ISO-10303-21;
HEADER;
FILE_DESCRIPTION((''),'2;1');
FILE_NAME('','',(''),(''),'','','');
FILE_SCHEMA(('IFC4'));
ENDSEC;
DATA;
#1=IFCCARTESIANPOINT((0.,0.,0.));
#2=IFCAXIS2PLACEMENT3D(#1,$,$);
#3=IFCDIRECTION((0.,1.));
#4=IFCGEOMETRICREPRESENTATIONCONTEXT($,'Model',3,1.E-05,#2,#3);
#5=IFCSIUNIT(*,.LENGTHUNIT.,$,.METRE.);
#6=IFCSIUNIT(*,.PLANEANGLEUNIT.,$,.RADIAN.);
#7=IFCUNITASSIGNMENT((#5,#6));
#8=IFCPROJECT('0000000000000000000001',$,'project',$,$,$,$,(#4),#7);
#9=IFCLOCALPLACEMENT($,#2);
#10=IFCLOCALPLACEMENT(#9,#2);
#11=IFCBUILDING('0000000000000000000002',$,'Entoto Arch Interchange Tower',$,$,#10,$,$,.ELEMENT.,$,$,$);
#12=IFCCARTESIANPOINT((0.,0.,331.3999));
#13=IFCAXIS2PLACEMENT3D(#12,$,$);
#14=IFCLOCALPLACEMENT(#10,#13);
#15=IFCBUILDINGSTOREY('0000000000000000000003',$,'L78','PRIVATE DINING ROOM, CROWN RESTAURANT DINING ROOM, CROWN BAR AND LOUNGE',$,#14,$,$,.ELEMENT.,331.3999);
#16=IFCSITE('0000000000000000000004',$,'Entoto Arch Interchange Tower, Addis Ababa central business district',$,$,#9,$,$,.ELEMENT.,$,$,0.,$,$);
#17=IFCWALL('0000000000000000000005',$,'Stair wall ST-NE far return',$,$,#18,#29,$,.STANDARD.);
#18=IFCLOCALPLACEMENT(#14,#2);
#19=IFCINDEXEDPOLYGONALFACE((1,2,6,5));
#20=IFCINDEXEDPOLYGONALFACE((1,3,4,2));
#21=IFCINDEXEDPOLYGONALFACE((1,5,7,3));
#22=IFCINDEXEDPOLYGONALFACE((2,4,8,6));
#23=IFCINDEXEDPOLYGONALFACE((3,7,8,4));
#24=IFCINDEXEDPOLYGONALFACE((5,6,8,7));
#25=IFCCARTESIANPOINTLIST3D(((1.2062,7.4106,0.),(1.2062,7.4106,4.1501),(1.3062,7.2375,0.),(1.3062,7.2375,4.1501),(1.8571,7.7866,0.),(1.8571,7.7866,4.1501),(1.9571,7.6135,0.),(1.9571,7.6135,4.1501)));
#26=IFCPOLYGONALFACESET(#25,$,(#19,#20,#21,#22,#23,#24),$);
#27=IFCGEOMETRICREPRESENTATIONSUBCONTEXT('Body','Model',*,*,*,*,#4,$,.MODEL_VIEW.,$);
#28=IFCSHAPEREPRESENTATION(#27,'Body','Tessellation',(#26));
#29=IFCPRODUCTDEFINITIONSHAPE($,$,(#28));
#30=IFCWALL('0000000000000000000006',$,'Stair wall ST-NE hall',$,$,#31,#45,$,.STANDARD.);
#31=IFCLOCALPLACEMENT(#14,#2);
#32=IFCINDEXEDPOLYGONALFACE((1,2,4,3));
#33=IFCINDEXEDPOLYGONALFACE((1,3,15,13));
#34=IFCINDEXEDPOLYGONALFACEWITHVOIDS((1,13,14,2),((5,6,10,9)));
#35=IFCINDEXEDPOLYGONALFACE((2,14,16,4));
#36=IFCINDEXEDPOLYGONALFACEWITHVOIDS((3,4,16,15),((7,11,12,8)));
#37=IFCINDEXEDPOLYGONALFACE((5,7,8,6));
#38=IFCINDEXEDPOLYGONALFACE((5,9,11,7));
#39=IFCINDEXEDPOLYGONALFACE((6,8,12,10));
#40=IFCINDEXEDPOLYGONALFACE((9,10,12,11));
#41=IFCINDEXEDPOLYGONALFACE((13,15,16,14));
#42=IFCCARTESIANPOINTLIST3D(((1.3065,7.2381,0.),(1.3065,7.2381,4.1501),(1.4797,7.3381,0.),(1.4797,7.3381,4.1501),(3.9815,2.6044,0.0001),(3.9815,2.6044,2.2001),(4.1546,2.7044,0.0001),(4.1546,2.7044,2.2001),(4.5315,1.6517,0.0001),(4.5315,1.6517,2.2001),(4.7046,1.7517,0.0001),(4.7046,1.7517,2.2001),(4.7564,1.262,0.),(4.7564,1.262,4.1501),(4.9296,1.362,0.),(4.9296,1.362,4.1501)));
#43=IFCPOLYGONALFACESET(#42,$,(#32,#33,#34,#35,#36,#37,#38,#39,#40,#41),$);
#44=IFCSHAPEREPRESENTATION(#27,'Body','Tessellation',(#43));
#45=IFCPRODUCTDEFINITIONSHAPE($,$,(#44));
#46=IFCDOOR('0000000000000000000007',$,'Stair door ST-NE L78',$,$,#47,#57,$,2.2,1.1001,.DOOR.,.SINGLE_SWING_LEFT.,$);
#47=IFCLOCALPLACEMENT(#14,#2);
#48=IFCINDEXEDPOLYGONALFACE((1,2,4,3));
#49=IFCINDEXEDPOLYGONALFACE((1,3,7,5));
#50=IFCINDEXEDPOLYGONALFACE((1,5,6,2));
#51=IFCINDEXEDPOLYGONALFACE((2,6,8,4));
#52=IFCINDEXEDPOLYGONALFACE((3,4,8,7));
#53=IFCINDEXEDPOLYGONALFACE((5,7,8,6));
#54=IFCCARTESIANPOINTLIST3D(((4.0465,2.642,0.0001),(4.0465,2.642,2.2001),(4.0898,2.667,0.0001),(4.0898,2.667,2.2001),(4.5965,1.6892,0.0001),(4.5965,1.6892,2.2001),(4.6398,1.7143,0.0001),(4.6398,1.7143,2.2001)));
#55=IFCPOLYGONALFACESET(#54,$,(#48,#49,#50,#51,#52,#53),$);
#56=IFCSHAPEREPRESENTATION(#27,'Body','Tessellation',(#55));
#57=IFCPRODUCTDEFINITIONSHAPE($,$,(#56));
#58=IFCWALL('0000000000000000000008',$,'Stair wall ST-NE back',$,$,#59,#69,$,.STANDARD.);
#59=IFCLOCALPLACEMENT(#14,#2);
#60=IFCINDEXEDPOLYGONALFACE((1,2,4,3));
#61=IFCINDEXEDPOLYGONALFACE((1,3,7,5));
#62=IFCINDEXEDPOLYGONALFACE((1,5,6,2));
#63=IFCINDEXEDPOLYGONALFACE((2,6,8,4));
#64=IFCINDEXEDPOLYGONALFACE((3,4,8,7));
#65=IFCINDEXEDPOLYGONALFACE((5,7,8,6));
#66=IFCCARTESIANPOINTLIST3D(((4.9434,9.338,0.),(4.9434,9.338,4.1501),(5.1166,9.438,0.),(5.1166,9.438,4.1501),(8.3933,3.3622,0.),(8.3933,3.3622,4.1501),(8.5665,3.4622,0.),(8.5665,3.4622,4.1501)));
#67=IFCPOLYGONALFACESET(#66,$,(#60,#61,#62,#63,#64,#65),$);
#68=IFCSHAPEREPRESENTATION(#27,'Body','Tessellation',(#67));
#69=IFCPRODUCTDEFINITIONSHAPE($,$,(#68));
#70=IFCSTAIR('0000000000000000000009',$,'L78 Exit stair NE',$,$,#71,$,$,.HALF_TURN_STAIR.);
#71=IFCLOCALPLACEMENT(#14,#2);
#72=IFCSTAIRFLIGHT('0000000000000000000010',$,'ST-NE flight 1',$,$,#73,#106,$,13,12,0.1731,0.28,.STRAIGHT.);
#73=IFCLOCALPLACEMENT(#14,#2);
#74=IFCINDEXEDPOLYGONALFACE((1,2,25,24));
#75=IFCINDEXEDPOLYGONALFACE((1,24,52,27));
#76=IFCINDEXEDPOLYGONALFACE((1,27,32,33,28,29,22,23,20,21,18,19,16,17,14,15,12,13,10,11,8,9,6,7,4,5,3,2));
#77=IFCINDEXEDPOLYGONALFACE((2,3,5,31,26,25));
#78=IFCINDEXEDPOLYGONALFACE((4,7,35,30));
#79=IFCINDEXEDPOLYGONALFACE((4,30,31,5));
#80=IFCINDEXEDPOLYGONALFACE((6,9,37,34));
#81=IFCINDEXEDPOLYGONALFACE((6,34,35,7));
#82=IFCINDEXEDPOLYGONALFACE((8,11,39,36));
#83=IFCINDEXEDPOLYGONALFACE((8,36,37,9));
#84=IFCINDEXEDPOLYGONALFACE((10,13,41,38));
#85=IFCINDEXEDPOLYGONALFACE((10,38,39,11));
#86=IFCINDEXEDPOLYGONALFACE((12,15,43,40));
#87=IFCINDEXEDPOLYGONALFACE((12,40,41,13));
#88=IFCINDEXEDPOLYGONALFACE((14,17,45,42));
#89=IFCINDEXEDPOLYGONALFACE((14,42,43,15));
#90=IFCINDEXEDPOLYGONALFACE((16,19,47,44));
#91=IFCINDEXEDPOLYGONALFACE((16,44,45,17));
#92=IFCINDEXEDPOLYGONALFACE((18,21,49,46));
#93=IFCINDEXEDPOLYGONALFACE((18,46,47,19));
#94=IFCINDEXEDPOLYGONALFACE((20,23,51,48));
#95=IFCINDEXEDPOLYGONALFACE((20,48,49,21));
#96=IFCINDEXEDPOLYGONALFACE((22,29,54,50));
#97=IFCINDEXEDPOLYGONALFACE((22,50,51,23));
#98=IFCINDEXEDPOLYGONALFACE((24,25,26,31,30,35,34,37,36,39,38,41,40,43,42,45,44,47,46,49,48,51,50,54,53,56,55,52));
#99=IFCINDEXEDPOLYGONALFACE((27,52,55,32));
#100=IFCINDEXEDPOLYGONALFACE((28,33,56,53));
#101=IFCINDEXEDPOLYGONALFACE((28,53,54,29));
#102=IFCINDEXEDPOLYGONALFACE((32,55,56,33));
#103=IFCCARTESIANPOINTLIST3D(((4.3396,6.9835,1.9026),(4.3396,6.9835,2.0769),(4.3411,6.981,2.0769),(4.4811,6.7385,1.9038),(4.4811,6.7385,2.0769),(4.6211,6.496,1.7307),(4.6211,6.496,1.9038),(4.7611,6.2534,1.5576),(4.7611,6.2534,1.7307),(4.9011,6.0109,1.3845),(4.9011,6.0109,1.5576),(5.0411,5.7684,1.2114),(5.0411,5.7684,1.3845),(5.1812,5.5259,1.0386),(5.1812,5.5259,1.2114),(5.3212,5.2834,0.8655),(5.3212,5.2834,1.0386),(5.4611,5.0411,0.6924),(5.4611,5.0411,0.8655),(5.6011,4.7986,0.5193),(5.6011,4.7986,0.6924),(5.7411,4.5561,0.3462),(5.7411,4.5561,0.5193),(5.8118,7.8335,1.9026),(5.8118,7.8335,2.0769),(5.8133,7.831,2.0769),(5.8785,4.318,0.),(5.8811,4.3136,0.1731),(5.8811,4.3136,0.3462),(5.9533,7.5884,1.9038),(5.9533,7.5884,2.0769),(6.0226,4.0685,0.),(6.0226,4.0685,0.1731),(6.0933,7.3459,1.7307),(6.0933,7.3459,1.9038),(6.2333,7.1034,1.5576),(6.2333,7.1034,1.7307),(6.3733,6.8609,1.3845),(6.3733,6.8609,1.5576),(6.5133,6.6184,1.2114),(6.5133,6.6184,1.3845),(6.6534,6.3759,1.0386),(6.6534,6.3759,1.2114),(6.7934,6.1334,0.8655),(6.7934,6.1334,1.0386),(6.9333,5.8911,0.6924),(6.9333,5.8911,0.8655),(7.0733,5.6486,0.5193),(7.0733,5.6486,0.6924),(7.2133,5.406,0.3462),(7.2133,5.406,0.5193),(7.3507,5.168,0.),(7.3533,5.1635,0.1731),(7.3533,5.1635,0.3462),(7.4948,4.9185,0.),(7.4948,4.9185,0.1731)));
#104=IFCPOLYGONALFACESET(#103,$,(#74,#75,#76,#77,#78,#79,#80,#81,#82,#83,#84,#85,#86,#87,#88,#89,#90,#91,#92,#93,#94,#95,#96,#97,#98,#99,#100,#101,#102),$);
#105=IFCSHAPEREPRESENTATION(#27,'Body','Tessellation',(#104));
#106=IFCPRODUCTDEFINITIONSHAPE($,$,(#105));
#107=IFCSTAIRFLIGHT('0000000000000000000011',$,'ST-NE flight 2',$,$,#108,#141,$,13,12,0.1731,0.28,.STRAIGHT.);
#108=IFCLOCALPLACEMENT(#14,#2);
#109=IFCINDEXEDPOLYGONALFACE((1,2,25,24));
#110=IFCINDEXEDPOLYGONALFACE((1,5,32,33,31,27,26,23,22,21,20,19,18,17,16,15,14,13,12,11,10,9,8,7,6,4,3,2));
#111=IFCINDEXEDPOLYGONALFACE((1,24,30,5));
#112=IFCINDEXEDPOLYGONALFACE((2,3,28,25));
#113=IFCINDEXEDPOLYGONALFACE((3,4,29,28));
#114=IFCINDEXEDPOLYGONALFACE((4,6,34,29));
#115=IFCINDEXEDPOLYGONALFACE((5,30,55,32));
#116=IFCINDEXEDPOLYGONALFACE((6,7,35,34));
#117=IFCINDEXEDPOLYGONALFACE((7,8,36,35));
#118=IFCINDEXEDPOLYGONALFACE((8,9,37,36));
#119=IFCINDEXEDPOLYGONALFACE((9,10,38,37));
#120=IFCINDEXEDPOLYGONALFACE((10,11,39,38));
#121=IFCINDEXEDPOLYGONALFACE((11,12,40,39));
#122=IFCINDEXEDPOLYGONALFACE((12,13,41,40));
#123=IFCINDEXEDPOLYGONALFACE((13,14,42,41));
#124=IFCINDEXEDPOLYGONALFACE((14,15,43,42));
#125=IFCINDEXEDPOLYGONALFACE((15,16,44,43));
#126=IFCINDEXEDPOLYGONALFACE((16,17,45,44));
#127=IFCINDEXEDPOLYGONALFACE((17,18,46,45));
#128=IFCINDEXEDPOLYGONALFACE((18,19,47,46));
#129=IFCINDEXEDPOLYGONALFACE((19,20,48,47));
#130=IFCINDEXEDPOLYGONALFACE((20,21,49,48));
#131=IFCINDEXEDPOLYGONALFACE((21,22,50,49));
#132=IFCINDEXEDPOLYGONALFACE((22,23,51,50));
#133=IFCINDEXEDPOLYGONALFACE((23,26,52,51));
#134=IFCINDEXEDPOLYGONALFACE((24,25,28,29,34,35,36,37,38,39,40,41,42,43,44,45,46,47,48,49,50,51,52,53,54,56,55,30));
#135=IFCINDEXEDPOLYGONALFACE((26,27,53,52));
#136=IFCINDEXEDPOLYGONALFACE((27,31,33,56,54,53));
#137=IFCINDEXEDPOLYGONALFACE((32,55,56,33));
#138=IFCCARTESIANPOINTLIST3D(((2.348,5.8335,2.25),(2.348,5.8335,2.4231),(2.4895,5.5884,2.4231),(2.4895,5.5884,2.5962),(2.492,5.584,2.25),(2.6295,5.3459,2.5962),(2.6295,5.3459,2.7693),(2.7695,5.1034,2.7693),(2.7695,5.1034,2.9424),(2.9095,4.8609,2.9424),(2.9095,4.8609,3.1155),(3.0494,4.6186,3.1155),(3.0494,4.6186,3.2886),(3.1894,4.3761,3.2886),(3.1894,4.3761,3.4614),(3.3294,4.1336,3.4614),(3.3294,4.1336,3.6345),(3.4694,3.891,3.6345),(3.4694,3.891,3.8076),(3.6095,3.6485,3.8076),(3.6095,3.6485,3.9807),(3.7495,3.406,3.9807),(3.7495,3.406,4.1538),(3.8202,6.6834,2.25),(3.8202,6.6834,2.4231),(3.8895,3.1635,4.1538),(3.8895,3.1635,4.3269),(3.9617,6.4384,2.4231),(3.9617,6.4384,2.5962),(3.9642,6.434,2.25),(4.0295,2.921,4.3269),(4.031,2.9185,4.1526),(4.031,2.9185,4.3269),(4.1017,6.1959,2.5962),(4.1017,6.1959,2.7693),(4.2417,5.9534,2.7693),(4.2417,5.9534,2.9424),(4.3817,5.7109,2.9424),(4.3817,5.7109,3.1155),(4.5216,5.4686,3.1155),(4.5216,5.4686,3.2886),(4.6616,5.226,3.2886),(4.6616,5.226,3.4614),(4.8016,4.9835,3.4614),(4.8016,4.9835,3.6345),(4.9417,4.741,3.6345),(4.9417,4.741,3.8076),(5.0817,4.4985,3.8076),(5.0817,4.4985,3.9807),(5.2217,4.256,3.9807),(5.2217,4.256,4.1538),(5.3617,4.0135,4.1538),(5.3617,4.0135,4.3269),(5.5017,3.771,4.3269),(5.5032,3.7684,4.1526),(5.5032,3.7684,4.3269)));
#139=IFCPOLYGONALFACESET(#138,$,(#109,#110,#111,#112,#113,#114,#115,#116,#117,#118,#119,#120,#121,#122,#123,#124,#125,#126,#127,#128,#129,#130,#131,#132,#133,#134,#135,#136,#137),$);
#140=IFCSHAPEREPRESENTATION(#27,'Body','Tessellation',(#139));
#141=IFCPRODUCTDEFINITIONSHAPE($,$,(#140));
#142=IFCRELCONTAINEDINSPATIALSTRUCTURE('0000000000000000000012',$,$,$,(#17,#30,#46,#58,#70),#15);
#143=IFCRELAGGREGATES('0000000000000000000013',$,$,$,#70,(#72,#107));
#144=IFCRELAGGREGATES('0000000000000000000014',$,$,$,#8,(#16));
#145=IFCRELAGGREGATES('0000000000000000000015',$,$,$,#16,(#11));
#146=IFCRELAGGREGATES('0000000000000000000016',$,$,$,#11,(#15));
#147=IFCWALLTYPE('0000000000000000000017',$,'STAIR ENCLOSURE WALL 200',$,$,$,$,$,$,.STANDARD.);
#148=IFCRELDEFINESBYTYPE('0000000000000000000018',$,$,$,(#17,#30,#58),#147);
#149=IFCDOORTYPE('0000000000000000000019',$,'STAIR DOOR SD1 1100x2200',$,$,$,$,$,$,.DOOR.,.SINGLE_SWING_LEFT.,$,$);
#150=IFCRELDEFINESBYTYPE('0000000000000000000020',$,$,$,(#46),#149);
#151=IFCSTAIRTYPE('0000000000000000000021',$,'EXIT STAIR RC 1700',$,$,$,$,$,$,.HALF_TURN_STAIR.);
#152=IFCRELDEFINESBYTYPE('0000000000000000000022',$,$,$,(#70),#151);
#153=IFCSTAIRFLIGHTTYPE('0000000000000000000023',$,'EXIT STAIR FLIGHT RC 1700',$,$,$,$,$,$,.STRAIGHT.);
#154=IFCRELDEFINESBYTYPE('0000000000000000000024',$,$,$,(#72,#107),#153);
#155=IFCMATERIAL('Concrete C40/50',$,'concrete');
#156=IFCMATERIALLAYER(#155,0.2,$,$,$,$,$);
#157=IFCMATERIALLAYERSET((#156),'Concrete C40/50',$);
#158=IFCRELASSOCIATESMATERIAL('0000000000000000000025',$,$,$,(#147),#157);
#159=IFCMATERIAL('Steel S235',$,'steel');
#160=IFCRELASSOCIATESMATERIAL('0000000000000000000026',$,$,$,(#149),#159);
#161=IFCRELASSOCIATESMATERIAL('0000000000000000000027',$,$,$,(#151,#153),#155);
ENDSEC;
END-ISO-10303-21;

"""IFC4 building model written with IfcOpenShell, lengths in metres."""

from ifc_helpers import new_model, si_unit, direction, frame, frame_2d, origin, place, context, subcontext, project, spatial, polyline, rectangle, outline, extrude, material, layer, layer_set, type_object, element, fill, aggregate, save


model = new_model("IFC4")

# Units and contexts
model_context = context("Model", 3, precision=1e-05, world=origin(), true_north=direction((0.0, 1.0)))
body_context = subcontext(model_context, "Body", "Model", "MODEL_VIEW")
ifc_project = project(units=[si_unit("LENGTHUNIT", "METRE"), si_unit("PLANEANGLEUNIT", "RADIAN")], contexts=[model_context])

# Site, building, storey
site_placement = place(None, origin())
site = spatial("IfcSite", under=ifc_project, at=site_placement, Name="Entoto Arch Interchange Tower, Addis Ababa central business district", CompositionType="ELEMENT", RefElevation=0.0)
building_placement = place(site_placement, origin())
building = spatial("IfcBuilding", under=site, at=building_placement, Name="Entoto Arch Interchange Tower", CompositionType="ELEMENT")
storey_placement = place(building_placement, frame((0.0, 0.0, 331.3999)))
storey = spatial("IfcBuildingStorey", under=building, at=storey_placement, Name="L78", Description="PRIVATE DINING ROOM, CROWN RESTAURANT DINING ROOM, CROWN BAR AND LOUNGE", CompositionType="ELEMENT", Elevation=331.3999)

# Shared definitions
ifc_material_1 = material(Name="Concrete C40/50", Category="concrete")

# Shared definitions
ifc_layer_1 = layer(ifc_material_1, 0.2)
ifc_layer_set_1 = layer_set([ifc_layer_1], Name="Concrete C40/50")
wall_type_1 = type_object("IfcWallType", Name="STAIR ENCLOSURE WALL 200", PredefinedType="STANDARD", material=ifc_layer_set_1)
ifc_material_2 = material(Name="Steel S235", Category="steel")
door_type_1 = type_object("IfcDoorType", Name="STAIR DOOR SD1 1100x2200", OperationType="SINGLE_SWING_LEFT", PredefinedType="DOOR", material=ifc_material_2)

# Wall
wall_1_placement = place(storey_placement, frame((1.2561, 7.324, 0.0), z_axis=(0.0, 0.0, 1.0), x_axis=(0.865915, 0.500191, 0.0)))
element("IfcWall", 1, at=wall_1_placement, inside=storey, type_object=wall_type_1, Name="Stair wall ST-NE far return", PredefinedType="STANDARD", context=body_context, shape_type="SweptSolid", body=[
    extrude(rectangle(XDim=0.7517, YDim=0.2, at=frame_2d((0.376, 0.0))), origin(), (0.0, 0.0, 1.0), 4.1501),
])

# Wall, opening, door
wall_2_placement = place(storey_placement, frame((4.843, 1.312, 0.0), z_axis=(0.0, 0.0, 1.0), x_axis=(-0.499963, 0.866047, 0.0)))
wall_2 = element("IfcWall", 2, at=wall_2_placement, inside=storey, type_object=wall_type_1, Name="Stair wall ST-NE hall", PredefinedType="STANDARD", context=body_context, shape_type="SweptSolid", body=[
    extrude(rectangle(XDim=6.9004, YDim=0.2, at=frame_2d((3.4502, 0.0))), origin(), (0.0, 0.0, 1.0), 4.1501),
])
opening_1_placement = place(wall_2_placement, frame((0.45, 0.0, 0.0)))
opening_1 = element("IfcOpeningElement", 3, at=opening_1_placement, cuts=wall_2, PredefinedType="OPENING", context=body_context, shape_type="SweptSolid", body=[
    extrude(rectangle(XDim=1.1001, YDim=2.2, at=frame_2d((0.55, 1.1001))), frame((0.0, 0.1099, 0.0), z_axis=(0.0, -1.0, 0.0), x_axis=(1.0, 0.0, 0.0)), (0.0, 0.0, 1.0), 0.22),
])
door_1_placement = place(opening_1_placement, origin())
door_1 = element("IfcDoor", 4, at=door_1_placement, inside=storey, type_object=door_type_1, Name="Stair door ST-NE L78", OperationType="SINGLE_SWING_LEFT", OverallHeight=2.2, OverallWidth=1.1001, PredefinedType="DOOR", context=body_context, shape_type="SweptSolid", body=[
    extrude(rectangle(XDim=1.1001, YDim=2.2, at=frame_2d((0.55, 1.1001))), frame((0.0, 0.0249, 0.0), z_axis=(0.0, -1.0, 0.0), x_axis=(1.0, 0.0, 0.0)), (0.0, 0.0, 1.0), 0.05),
])
fill(opening_1, door_1)

# Wall
wall_3_placement = place(storey_placement, frame((8.48, 3.4121, 0.0), z_axis=(0.0, 0.0, 1.0), x_axis=(-0.499979, 0.866038, 0.0)))
element("IfcWall", 5, at=wall_3_placement, inside=storey, type_object=wall_type_1, Name="Stair wall ST-NE back", PredefinedType="STANDARD", context=body_context, shape_type="SweptSolid", body=[
    extrude(rectangle(XDim=6.9001, YDim=0.2, at=frame_2d((3.4502, 0.0))), origin(), (0.0, 0.0, 1.0), 4.1501),
])

# Stair, stair flights
stair_type = type_object("IfcStairType", Name="EXIT STAIR RC 1700", PredefinedType="HALF_TURN_STAIR", material=ifc_material_1)
stair_placement = place(storey_placement, origin())
stair = element("IfcStair", 6, at=stair_placement, inside=storey, type_object=stair_type, Name="L78 Exit stair NE", PredefinedType="HALF_TURN_STAIR")
stair_flight_type = type_object("IfcStairFlightType", Name="EXIT STAIR FLIGHT RC 1700", PredefinedType="STRAIGHT", material=ifc_material_1)
stair_flight_1_placement = place(storey_placement, frame((6.7573, 4.4961, 0.0), z_axis=(0.0, 0.0, 1.0), x_axis=(-0.5, 0.866025, 0.0)))
stair_flight_1 = element("IfcStairFlight", 7, at=stair_flight_1_placement, type_object=stair_flight_type, Name="ST-NE flight 1", NumberOfRisers=13, NumberOfTreads=12, PredefinedType="STRAIGHT", RiserHeight=0.1731, TreadLength=0.28, context=body_context, shape_type="SweptSolid", body=[
    extrude(outline(polyline([(-0.0029, 0.0), (-0.0029, 0.1731), (0.28, 0.1731), (0.28, 0.3462), (0.5601, 0.3462), (0.5601, 0.5193), (0.8401, 0.5193), (0.8401, 0.6924), (1.1201, 0.6924), (1.1201, 0.8655), (1.3999, 0.8655), (1.3999, 1.0386), (1.6799, 1.0386), (1.6799, 1.2114), (1.96, 1.2114), (1.96, 1.3845), (2.24, 1.3845), (2.24, 1.5576), (2.52, 1.5576), (2.52, 1.7307), (2.8, 1.7307), (2.8, 1.9038), (3.0801, 1.9038), (3.0801, 2.0769), (3.3601, 2.0769), (3.363, 2.0769), (3.363, 1.9026), (0.2852, 0.0), (-0.0029, 0.0)])), frame((0.0, 0.8501, 0.0), z_axis=(0.0, -1.0, 0.0), x_axis=(1.0, 0.0, 0.0)), (0.0, 0.0, 1.0), 1.7),
])
stair_flight_2_placement = place(storey_placement, frame((3.0854, 6.2559, 2.25), z_axis=(0.0, 0.0, 1.0), x_axis=(0.5, -0.866025, 0.0)))
stair_flight_2 = element("IfcStairFlight", 8, at=stair_flight_2_placement, type_object=stair_flight_type, Name="ST-NE flight 2", NumberOfRisers=13, NumberOfTreads=12, PredefinedType="STRAIGHT", RiserHeight=0.1731, TreadLength=0.28, context=body_context, shape_type="SweptSolid", body=[
    extrude(outline(polyline([(-0.0029, 0.0), (-0.0029, 0.1731), (0.28, 0.1731), (0.28, 0.3462), (0.5601, 0.3462), (0.5601, 0.5193), (0.8401, 0.5193), (0.8401, 0.6924), (1.1201, 0.6924), (1.1201, 0.8655), (1.3999, 0.8655), (1.3999, 1.0386), (1.6799, 1.0386), (1.6799, 1.2114), (1.96, 1.2114), (1.96, 1.3845), (2.24, 1.3845), (2.24, 1.5576), (2.52, 1.5576), (2.52, 1.7307), (2.8, 1.7307), (2.8, 1.9038), (3.0801, 1.9038), (3.0801, 2.0769), (3.3601, 2.0769), (3.363, 2.0769), (3.363, 1.9026), (0.2852, 0.0), (-0.0029, 0.0)])), frame((0.0, 0.8501, 0.0), z_axis=(0.0, -1.0, 0.0), x_axis=(1.0, 0.0, 0.0)), (0.0, 0.0, 1.0), 1.7),
])
aggregate(stair, [stair_flight_1, stair_flight_2])

save(model, "model.ifc")
